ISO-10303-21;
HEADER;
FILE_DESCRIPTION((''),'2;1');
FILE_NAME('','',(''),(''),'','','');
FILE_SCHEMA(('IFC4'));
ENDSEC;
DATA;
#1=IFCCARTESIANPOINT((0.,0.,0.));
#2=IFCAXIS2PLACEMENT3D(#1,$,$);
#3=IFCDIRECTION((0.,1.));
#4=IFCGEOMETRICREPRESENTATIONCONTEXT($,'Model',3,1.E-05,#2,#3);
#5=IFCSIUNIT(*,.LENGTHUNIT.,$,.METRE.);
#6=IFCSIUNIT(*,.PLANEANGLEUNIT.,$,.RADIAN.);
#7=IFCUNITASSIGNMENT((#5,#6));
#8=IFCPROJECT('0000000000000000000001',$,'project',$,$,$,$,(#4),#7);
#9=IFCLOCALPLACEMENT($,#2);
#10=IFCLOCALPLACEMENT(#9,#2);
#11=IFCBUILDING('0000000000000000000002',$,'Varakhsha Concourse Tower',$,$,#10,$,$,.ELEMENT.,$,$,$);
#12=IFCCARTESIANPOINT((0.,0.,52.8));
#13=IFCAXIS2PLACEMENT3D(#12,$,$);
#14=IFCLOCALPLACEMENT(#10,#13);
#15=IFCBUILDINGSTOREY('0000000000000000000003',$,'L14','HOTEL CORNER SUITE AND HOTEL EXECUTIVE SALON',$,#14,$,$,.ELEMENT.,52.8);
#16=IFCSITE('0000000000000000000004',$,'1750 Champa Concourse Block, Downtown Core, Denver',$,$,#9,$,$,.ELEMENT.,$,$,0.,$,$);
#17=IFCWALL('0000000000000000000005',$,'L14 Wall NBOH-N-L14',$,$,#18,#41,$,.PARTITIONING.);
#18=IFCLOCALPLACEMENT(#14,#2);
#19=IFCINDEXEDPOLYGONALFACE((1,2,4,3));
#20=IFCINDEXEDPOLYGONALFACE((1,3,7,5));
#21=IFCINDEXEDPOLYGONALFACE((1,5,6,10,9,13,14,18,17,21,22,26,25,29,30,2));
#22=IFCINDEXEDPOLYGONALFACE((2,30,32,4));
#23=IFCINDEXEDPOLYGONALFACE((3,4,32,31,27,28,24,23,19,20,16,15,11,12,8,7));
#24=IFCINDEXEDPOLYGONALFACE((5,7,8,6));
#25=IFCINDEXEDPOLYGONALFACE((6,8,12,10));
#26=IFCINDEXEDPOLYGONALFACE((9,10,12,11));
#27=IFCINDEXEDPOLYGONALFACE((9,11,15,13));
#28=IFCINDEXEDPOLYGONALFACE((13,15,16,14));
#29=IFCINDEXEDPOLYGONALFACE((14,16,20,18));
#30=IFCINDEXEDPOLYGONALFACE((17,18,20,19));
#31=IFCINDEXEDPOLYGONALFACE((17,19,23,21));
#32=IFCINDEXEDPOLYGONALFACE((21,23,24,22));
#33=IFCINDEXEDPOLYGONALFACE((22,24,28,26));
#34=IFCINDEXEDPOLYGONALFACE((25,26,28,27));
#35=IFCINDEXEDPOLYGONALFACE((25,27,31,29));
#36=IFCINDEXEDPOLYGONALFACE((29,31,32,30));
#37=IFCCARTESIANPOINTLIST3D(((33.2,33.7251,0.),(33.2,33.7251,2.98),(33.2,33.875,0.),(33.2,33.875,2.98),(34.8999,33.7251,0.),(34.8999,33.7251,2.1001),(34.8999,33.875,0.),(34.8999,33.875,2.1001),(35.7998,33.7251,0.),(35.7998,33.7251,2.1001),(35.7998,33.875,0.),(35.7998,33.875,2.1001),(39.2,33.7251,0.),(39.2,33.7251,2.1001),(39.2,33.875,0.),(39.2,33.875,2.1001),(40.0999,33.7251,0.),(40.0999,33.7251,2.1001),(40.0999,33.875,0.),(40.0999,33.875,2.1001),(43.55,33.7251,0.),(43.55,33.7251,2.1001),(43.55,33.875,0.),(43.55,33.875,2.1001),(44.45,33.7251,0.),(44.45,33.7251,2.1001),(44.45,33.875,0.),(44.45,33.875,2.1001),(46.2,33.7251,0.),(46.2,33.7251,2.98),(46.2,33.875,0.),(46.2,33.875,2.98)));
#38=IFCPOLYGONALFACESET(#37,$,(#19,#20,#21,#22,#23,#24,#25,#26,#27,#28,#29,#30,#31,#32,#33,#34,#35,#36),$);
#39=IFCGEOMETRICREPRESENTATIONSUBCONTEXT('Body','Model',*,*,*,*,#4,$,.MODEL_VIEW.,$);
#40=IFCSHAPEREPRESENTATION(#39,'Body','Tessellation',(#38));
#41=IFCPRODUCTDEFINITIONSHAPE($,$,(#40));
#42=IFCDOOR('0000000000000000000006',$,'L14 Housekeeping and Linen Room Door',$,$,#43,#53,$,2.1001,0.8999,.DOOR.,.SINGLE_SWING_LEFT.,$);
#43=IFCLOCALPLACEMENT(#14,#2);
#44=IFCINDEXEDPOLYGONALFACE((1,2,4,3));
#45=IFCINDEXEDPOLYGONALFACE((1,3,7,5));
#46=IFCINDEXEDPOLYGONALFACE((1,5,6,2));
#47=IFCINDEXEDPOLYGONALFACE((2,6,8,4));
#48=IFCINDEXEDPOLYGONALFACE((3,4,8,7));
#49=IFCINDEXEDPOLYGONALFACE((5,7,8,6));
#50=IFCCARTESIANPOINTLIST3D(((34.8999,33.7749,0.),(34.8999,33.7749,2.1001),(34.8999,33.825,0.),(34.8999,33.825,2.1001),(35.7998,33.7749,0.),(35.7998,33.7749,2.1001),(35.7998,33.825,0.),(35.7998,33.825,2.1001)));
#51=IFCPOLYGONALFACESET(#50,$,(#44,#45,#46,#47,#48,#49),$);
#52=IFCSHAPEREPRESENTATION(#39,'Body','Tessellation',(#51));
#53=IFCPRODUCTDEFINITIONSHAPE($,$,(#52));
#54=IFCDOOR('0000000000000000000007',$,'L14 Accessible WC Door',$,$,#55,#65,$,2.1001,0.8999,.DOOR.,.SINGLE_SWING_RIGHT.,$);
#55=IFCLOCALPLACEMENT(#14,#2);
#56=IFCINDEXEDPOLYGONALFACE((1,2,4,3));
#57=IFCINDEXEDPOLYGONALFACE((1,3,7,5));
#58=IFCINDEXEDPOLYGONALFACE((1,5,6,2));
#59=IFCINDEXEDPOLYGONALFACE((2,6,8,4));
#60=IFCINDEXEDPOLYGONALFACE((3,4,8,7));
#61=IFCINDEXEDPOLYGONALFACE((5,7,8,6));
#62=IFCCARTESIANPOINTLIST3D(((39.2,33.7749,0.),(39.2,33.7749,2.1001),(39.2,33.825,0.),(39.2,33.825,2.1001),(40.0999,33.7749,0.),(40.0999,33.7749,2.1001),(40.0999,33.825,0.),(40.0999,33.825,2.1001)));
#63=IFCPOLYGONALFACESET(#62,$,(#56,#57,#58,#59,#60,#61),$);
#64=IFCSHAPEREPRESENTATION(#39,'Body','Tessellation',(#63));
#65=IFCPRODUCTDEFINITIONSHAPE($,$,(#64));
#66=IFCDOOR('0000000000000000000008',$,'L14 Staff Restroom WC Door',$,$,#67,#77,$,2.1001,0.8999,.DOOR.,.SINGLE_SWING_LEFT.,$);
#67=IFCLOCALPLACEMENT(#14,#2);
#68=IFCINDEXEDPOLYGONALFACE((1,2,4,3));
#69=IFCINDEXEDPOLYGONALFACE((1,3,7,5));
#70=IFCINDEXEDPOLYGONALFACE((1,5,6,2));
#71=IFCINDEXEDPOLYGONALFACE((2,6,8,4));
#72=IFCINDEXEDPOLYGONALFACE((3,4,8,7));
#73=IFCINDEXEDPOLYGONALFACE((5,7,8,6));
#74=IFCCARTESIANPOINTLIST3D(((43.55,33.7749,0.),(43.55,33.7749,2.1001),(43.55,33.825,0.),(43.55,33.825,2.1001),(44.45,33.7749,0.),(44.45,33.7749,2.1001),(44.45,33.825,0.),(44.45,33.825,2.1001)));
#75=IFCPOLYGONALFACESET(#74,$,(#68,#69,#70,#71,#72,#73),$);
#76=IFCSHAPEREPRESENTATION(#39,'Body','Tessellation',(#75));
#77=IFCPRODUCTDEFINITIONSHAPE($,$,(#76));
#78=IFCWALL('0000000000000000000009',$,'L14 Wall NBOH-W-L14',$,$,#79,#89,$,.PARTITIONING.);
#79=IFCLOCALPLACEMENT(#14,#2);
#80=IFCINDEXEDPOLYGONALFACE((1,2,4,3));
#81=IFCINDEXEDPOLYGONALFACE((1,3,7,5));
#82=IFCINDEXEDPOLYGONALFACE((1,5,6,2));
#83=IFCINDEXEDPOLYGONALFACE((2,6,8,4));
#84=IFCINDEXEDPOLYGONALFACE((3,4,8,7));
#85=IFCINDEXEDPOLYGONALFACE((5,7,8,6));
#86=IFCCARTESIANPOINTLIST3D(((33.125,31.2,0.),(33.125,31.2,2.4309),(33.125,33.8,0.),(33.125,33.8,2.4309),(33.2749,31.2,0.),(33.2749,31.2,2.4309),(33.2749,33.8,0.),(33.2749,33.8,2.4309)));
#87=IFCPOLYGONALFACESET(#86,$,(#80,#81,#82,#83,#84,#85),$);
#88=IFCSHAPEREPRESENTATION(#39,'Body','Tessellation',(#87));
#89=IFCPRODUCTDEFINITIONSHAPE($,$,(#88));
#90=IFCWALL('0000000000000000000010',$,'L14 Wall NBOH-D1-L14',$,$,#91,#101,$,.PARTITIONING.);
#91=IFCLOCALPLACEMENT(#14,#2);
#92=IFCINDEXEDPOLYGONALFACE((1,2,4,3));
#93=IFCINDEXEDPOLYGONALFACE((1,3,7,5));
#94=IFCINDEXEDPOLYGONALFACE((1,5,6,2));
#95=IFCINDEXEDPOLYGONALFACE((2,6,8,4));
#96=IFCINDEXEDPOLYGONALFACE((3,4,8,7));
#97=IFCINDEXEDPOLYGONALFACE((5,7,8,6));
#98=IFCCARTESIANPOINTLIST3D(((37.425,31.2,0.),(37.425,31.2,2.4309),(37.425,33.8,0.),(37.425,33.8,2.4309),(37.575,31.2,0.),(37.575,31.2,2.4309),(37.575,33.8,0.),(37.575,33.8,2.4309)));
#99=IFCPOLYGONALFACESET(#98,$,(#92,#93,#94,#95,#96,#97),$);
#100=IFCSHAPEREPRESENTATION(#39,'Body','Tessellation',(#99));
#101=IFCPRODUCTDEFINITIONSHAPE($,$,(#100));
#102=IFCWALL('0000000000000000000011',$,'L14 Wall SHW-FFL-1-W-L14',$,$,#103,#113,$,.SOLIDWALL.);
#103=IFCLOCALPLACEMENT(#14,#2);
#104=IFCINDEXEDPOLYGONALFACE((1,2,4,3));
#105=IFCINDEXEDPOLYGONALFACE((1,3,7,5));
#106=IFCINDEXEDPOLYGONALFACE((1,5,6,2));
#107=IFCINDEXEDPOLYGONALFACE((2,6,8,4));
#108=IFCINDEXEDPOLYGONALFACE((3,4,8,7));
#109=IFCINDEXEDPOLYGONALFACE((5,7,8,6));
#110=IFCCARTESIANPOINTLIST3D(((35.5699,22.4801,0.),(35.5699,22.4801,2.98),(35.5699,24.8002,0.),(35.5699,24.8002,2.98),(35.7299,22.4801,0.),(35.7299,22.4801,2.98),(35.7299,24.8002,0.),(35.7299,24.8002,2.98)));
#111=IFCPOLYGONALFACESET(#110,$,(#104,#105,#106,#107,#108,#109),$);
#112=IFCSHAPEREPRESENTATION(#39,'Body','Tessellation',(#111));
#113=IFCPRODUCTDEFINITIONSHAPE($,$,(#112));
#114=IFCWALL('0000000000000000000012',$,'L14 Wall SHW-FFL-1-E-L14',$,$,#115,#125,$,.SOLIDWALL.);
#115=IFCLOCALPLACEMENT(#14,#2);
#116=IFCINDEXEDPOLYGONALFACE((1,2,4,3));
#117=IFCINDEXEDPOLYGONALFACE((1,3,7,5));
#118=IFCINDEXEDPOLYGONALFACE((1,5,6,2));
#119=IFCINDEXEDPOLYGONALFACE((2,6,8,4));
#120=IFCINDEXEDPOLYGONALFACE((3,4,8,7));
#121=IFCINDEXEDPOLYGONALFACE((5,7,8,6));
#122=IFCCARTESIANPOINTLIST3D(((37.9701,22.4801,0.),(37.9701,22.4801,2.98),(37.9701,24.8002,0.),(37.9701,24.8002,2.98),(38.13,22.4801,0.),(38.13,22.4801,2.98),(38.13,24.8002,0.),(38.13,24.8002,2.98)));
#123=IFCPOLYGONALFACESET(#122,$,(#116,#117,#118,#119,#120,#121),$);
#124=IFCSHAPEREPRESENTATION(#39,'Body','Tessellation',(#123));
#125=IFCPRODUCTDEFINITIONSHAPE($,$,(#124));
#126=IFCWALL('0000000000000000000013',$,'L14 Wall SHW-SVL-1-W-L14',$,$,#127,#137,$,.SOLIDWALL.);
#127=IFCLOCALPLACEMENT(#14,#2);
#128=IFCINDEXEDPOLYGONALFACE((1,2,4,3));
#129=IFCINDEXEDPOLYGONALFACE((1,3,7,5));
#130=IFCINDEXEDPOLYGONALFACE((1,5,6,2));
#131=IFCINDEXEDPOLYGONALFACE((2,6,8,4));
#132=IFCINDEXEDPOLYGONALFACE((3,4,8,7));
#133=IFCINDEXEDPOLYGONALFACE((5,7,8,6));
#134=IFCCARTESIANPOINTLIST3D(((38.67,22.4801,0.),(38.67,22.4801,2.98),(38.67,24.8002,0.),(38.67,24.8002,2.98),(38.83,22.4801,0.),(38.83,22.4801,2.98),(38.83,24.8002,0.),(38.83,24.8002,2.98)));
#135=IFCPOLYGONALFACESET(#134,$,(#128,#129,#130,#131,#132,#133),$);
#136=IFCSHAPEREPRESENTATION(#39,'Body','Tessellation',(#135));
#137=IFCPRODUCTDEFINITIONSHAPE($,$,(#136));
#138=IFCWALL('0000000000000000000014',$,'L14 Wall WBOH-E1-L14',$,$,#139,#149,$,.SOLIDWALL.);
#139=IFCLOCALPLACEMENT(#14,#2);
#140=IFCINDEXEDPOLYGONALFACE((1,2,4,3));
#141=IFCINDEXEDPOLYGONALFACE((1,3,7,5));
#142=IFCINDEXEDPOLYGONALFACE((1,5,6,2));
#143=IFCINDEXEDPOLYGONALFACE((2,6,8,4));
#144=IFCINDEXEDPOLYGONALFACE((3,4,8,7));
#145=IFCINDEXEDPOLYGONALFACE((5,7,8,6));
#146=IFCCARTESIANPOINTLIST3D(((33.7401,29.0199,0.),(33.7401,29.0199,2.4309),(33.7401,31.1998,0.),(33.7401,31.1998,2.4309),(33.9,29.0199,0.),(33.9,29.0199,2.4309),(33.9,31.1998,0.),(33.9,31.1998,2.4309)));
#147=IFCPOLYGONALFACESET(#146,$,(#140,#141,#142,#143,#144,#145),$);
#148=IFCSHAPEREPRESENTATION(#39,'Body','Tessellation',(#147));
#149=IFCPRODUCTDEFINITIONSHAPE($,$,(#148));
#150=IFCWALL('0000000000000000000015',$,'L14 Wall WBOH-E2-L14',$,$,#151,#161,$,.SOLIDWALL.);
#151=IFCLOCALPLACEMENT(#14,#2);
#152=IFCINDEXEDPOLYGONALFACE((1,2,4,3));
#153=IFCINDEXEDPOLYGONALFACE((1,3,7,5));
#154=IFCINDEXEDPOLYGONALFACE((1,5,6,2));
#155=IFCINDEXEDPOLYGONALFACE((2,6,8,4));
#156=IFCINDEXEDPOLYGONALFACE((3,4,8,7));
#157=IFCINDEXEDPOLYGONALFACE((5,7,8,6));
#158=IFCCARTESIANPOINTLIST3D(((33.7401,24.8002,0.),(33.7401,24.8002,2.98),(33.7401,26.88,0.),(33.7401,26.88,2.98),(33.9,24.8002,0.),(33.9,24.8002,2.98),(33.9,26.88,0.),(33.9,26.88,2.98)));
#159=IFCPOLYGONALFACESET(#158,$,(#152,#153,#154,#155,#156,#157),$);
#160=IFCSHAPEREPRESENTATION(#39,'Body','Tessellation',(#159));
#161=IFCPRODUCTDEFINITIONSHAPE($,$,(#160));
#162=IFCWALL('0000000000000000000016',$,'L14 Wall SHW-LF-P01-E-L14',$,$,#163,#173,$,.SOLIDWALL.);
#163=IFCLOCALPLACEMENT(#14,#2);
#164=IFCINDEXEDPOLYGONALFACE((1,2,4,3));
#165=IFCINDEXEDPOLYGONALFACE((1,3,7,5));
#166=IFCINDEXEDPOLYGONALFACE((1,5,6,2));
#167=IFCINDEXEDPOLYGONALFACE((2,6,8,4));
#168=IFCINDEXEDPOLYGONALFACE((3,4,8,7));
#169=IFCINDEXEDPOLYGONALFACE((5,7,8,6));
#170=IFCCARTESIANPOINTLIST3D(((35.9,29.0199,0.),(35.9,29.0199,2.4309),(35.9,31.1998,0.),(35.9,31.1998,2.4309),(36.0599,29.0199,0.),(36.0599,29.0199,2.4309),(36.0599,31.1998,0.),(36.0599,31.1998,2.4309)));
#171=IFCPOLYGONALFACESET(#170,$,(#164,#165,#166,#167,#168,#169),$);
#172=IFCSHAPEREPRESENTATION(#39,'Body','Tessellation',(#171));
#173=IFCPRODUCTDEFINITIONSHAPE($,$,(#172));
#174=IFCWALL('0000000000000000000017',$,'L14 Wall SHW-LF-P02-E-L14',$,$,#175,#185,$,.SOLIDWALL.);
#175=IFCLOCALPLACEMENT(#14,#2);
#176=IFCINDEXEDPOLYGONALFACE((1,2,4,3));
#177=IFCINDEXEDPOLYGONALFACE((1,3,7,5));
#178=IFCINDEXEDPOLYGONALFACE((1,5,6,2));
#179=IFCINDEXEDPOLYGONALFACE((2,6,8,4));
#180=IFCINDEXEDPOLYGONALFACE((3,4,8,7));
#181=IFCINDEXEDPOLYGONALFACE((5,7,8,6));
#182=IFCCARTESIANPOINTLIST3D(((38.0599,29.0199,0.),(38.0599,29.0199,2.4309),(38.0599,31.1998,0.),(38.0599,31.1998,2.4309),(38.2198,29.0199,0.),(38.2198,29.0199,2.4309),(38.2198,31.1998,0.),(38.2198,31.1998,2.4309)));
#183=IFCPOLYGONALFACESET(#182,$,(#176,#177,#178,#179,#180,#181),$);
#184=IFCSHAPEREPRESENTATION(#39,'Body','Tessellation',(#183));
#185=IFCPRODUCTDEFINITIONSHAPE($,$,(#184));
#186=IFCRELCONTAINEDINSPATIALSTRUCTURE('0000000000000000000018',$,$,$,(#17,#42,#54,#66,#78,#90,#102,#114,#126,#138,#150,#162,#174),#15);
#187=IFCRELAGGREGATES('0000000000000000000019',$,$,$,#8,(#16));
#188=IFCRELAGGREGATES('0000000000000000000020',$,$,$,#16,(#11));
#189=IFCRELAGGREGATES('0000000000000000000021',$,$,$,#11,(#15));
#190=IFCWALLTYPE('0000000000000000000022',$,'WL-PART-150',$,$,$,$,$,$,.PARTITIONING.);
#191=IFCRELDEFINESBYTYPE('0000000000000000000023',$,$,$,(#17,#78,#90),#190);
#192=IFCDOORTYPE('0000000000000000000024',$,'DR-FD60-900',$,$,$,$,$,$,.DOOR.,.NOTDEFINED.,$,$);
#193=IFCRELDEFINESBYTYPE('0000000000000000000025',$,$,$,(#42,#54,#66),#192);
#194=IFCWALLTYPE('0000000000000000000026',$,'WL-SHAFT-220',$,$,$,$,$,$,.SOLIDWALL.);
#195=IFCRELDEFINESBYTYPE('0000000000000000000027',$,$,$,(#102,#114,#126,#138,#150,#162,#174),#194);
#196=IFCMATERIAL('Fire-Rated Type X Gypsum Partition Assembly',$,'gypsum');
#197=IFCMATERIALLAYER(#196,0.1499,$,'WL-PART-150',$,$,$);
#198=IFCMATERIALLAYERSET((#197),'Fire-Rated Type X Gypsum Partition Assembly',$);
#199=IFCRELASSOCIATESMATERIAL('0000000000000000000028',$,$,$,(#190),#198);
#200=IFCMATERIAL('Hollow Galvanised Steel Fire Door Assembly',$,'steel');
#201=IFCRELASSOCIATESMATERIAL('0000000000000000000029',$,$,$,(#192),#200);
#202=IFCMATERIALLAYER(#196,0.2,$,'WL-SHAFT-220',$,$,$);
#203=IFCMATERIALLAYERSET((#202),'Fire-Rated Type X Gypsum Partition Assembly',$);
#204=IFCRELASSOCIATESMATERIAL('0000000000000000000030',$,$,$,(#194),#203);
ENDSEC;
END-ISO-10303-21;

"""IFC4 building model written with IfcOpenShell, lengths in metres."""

from ifc_helpers import new_model, si_unit, direction, frame, frame_2d, origin, place, context, subcontext, project, spatial, rectangle, extrude, material, layer, layer_set, type_object, element, fill, save


model = new_model("IFC4")

# Units and contexts
model_context = context("Model", 3, precision=1e-05, world=origin(), true_north=direction((0.0, 1.0)))
body_context = subcontext(model_context, "Body", "Model", "MODEL_VIEW")
ifc_project = project(units=[si_unit("LENGTHUNIT", "METRE"), si_unit("PLANEANGLEUNIT", "RADIAN")], contexts=[model_context])

# Site, building, storey
site_placement = place(None, origin())
site = spatial("IfcSite", under=ifc_project, at=site_placement, Name="1750 Champa Concourse Block, Downtown Core, Denver", CompositionType="ELEMENT", RefElevation=0.0)
building_placement = place(site_placement, origin())
building = spatial("IfcBuilding", under=site, at=building_placement, Name="Varakhsha Concourse Tower", CompositionType="ELEMENT")
storey_placement = place(building_placement, frame((0.0, 0.0, 52.8)))
storey = spatial("IfcBuildingStorey", under=building, at=storey_placement, Name="L14", Description="HOTEL CORNER SUITE AND HOTEL EXECUTIVE SALON", CompositionType="ELEMENT", Elevation=52.8)

# Wall, openings, doors
ifc_material_1 = material(Name="Fire-Rated Type X Gypsum Partition Assembly", Category="gypsum")
ifc_layer_1 = layer(ifc_material_1, 0.1499, Name="WL-PART-150")
ifc_layer_set_1 = layer_set([ifc_layer_1], Name="Fire-Rated Type X Gypsum Partition Assembly")
wall_type_1 = type_object("IfcWallType", Name="WL-PART-150", PredefinedType="PARTITIONING", material=ifc_layer_set_1)
wall_1_placement = place(storey_placement, frame((33.2, 33.8, 0.0), z_axis=(0.0, 0.0, 1.0), x_axis=(1.0, 0.0, 0.0)))
wall_1 = element("IfcWall", 1, at=wall_1_placement, inside=storey, type_object=wall_type_1, Name="L14 Wall NBOH-N-L14", PredefinedType="PARTITIONING", context=body_context, shape_type="SweptSolid", body=[
    extrude(rectangle(XDim=13.0, YDim=0.1499, at=frame_2d((6.5, 0.0))), origin(), (0.0, 0.0, 1.0), 2.98),
])
opening_1_placement = place(wall_1_placement, frame((1.7, 0.0, 0.0)))
opening_1 = element("IfcOpeningElement", 2, at=opening_1_placement, cuts=wall_1, PredefinedType="OPENING", context=body_context, shape_type="SweptSolid", body=[
    extrude(rectangle(XDim=0.8999, YDim=2.1001, at=frame_2d((0.45, 1.05))), frame((0.0, 0.085, 0.0), z_axis=(0.0, -1.0, 0.0), x_axis=(1.0, 0.0, 0.0)), (0.0, 0.0, 1.0), 0.1699),
])
opening_2_placement = place(wall_1_placement, frame((6.0, 0.0, 0.0)))
opening_2 = element("IfcOpeningElement", 3, at=opening_2_placement, cuts=wall_1, PredefinedType="OPENING", context=body_context, shape_type="SweptSolid", body=[
    extrude(rectangle(XDim=0.8999, YDim=2.1001, at=frame_2d((0.45, 1.05))), frame((0.0, 0.085, 0.0), z_axis=(0.0, -1.0, 0.0), x_axis=(1.0, 0.0, 0.0)), (0.0, 0.0, 1.0), 0.1699),
])
opening_3_placement = place(wall_1_placement, frame((10.3501, 0.0, 0.0)))
opening_3 = element("IfcOpeningElement", 4, at=opening_3_placement, cuts=wall_1, PredefinedType="OPENING", context=body_context, shape_type="SweptSolid", body=[
    extrude(rectangle(XDim=0.8999, YDim=2.1001, at=frame_2d((0.45, 1.05))), frame((0.0, 0.085, 0.0), z_axis=(0.0, -1.0, 0.0), x_axis=(1.0, 0.0, 0.0)), (0.0, 0.0, 1.0), 0.1699),
])
ifc_material_2 = material(Name="Hollow Galvanised Steel Fire Door Assembly", Category="steel")
door_type_1 = type_object("IfcDoorType", Name="DR-FD60-900", OperationType="NOTDEFINED", PredefinedType="DOOR", material=ifc_material_2)
door_1_placement = place(opening_1_placement, origin())
door_1 = element("IfcDoor", 5, at=door_1_placement, inside=storey, type_object=door_type_1, Name="L14 Housekeeping and Linen Room Door", OperationType="SINGLE_SWING_LEFT", OverallHeight=2.1001, OverallWidth=0.8999, PredefinedType="DOOR", context=body_context, shape_type="SweptSolid", body=[
    extrude(rectangle(XDim=0.8999, YDim=2.1001, at=frame_2d((0.45, 1.05))), frame((0.0, 0.0249, 0.0), z_axis=(0.0, -1.0, 0.0), x_axis=(1.0, 0.0, 0.0)), (0.0, 0.0, 1.0), 0.05),
])
fill(opening_1, door_1)
door_2_placement = place(opening_2_placement, origin())
door_2 = element("IfcDoor", 6, at=door_2_placement, inside=storey, type_object=door_type_1, Name="L14 Accessible WC Door", OperationType="SINGLE_SWING_RIGHT", OverallHeight=2.1001, OverallWidth=0.8999, PredefinedType="DOOR", context=body_context, shape_type="SweptSolid", body=[
    extrude(rectangle(XDim=0.8999, YDim=2.1001, at=frame_2d((0.45, 1.05))), frame((0.0, 0.0249, 0.0), z_axis=(0.0, -1.0, 0.0), x_axis=(1.0, 0.0, 0.0)), (0.0, 0.0, 1.0), 0.05),
])
fill(opening_2, door_2)
door_3_placement = place(opening_3_placement, origin())
door_3 = element("IfcDoor", 7, at=door_3_placement, inside=storey, type_object=door_type_1, Name="L14 Staff Restroom WC Door", OperationType="SINGLE_SWING_LEFT", OverallHeight=2.1001, OverallWidth=0.8999, PredefinedType="DOOR", context=body_context, shape_type="SweptSolid", body=[
    extrude(rectangle(XDim=0.8999, YDim=2.1001, at=frame_2d((0.45, 1.05))), frame((0.0, 0.0249, 0.0), z_axis=(0.0, -1.0, 0.0), x_axis=(1.0, 0.0, 0.0)), (0.0, 0.0, 1.0), 0.05),
])
fill(opening_3, door_3)

# Walls
for number, where, z_axis, x_axis, name in (
    (8, (33.2, 31.2, 0.0), (0.0, 0.0, 1.0), (0.0, 1.0, 0.0), "L14 Wall NBOH-W-L14"),
    (9, (37.5, 31.2, 0.0), (0.0, 0.0, 1.0), (0.0, 1.0, 0.0), "L14 Wall NBOH-D1-L14"),
):
    element("IfcWall", number, at=place(storey_placement, frame(where, z_axis=z_axis, x_axis=x_axis)), inside=storey, type_object=wall_type_1, Name=name, PredefinedType="PARTITIONING", context=body_context, shape_type="SweptSolid", body=[
        extrude(rectangle(XDim=2.6001, YDim=0.1499, at=frame_2d((1.3, 0.0))), origin(), (0.0, 0.0, 1.0), 2.4309),
    ])
ifc_layer_2 = layer(ifc_material_1, 0.2, Name="WL-SHAFT-220")
ifc_layer_set_2 = layer_set([ifc_layer_2], Name="Fire-Rated Type X Gypsum Partition Assembly")
wall_type_2 = type_object("IfcWallType", Name="WL-SHAFT-220", PredefinedType="SOLIDWALL", material=ifc_layer_set_2)
for number, where, z_axis, x_axis, name in (
    (10, (35.6499, 22.48, 0.0), (0.0, 0.0, 1.0), (0.0, 1.0, 0.0), "L14 Wall SHW-FFL-1-W-L14"),
    (11, (38.05, 22.48, 0.0), (0.0, 0.0, 1.0), (0.0, 1.0, 0.0), "L14 Wall SHW-FFL-1-E-L14"),
    (12, (38.75, 22.48, 0.0), (0.0, 0.0, 1.0), (0.0, 1.0, 0.0), "L14 Wall SHW-SVL-1-W-L14"),
):
    element("IfcWall", number, at=place(storey_placement, frame(where, z_axis=z_axis, x_axis=x_axis)), inside=storey, type_object=wall_type_2, Name=name, PredefinedType="SOLIDWALL", context=body_context, shape_type="SweptSolid", body=[
        extrude(rectangle(XDim=2.3201, YDim=0.1599, at=frame_2d((1.1602, 0.0))), origin(), (0.0, 0.0, 1.0), 2.98),
    ])

# Walls
wall_2_placement = place(storey_placement, frame((33.8201, 29.02, 0.0), z_axis=(0.0, 0.0, 1.0), x_axis=(0.0, 1.0, 0.0)))
element("IfcWall", 13, at=wall_2_placement, inside=storey, type_object=wall_type_2, Name="L14 Wall WBOH-E1-L14", PredefinedType="SOLIDWALL", context=body_context, shape_type="SweptSolid", body=[
    extrude(rectangle(XDim=2.1799, YDim=0.1599, at=frame_2d((1.0898, 0.0))), origin(), (0.0, 0.0, 1.0), 2.4309),
])
wall_3_placement = place(storey_placement, frame((33.8201, 24.8, 0.0), z_axis=(0.0, 0.0, 1.0), x_axis=(0.0, 1.0, 0.0)))
element("IfcWall", 14, at=wall_3_placement, inside=storey, type_object=wall_type_2, Name="L14 Wall WBOH-E2-L14", PredefinedType="SOLIDWALL", context=body_context, shape_type="SweptSolid", body=[
    extrude(rectangle(XDim=2.0798, YDim=0.1599, at=frame_2d((1.04, 0.0))), origin(), (0.0, 0.0, 1.0), 2.98),
])
for number, where, z_axis, x_axis, name in (
    (15, (35.98, 29.02, 0.0), (0.0, 0.0, 1.0), (0.0, 1.0, 0.0), "L14 Wall SHW-LF-P01-E-L14"),
    (16, (38.1399, 29.02, 0.0), (0.0, 0.0, 1.0), (0.0, 1.0, 0.0), "L14 Wall SHW-LF-P02-E-L14"),
):
    element("IfcWall", number, at=place(storey_placement, frame(where, z_axis=z_axis, x_axis=x_axis)), inside=storey, type_object=wall_type_2, Name=name, PredefinedType="SOLIDWALL", context=body_context, shape_type="SweptSolid", body=[
        extrude(rectangle(XDim=2.1799, YDim=0.1599, at=frame_2d((1.0898, 0.0))), origin(), (0.0, 0.0, 1.0), 2.4309),
    ])

save(model, "model.ifc")
